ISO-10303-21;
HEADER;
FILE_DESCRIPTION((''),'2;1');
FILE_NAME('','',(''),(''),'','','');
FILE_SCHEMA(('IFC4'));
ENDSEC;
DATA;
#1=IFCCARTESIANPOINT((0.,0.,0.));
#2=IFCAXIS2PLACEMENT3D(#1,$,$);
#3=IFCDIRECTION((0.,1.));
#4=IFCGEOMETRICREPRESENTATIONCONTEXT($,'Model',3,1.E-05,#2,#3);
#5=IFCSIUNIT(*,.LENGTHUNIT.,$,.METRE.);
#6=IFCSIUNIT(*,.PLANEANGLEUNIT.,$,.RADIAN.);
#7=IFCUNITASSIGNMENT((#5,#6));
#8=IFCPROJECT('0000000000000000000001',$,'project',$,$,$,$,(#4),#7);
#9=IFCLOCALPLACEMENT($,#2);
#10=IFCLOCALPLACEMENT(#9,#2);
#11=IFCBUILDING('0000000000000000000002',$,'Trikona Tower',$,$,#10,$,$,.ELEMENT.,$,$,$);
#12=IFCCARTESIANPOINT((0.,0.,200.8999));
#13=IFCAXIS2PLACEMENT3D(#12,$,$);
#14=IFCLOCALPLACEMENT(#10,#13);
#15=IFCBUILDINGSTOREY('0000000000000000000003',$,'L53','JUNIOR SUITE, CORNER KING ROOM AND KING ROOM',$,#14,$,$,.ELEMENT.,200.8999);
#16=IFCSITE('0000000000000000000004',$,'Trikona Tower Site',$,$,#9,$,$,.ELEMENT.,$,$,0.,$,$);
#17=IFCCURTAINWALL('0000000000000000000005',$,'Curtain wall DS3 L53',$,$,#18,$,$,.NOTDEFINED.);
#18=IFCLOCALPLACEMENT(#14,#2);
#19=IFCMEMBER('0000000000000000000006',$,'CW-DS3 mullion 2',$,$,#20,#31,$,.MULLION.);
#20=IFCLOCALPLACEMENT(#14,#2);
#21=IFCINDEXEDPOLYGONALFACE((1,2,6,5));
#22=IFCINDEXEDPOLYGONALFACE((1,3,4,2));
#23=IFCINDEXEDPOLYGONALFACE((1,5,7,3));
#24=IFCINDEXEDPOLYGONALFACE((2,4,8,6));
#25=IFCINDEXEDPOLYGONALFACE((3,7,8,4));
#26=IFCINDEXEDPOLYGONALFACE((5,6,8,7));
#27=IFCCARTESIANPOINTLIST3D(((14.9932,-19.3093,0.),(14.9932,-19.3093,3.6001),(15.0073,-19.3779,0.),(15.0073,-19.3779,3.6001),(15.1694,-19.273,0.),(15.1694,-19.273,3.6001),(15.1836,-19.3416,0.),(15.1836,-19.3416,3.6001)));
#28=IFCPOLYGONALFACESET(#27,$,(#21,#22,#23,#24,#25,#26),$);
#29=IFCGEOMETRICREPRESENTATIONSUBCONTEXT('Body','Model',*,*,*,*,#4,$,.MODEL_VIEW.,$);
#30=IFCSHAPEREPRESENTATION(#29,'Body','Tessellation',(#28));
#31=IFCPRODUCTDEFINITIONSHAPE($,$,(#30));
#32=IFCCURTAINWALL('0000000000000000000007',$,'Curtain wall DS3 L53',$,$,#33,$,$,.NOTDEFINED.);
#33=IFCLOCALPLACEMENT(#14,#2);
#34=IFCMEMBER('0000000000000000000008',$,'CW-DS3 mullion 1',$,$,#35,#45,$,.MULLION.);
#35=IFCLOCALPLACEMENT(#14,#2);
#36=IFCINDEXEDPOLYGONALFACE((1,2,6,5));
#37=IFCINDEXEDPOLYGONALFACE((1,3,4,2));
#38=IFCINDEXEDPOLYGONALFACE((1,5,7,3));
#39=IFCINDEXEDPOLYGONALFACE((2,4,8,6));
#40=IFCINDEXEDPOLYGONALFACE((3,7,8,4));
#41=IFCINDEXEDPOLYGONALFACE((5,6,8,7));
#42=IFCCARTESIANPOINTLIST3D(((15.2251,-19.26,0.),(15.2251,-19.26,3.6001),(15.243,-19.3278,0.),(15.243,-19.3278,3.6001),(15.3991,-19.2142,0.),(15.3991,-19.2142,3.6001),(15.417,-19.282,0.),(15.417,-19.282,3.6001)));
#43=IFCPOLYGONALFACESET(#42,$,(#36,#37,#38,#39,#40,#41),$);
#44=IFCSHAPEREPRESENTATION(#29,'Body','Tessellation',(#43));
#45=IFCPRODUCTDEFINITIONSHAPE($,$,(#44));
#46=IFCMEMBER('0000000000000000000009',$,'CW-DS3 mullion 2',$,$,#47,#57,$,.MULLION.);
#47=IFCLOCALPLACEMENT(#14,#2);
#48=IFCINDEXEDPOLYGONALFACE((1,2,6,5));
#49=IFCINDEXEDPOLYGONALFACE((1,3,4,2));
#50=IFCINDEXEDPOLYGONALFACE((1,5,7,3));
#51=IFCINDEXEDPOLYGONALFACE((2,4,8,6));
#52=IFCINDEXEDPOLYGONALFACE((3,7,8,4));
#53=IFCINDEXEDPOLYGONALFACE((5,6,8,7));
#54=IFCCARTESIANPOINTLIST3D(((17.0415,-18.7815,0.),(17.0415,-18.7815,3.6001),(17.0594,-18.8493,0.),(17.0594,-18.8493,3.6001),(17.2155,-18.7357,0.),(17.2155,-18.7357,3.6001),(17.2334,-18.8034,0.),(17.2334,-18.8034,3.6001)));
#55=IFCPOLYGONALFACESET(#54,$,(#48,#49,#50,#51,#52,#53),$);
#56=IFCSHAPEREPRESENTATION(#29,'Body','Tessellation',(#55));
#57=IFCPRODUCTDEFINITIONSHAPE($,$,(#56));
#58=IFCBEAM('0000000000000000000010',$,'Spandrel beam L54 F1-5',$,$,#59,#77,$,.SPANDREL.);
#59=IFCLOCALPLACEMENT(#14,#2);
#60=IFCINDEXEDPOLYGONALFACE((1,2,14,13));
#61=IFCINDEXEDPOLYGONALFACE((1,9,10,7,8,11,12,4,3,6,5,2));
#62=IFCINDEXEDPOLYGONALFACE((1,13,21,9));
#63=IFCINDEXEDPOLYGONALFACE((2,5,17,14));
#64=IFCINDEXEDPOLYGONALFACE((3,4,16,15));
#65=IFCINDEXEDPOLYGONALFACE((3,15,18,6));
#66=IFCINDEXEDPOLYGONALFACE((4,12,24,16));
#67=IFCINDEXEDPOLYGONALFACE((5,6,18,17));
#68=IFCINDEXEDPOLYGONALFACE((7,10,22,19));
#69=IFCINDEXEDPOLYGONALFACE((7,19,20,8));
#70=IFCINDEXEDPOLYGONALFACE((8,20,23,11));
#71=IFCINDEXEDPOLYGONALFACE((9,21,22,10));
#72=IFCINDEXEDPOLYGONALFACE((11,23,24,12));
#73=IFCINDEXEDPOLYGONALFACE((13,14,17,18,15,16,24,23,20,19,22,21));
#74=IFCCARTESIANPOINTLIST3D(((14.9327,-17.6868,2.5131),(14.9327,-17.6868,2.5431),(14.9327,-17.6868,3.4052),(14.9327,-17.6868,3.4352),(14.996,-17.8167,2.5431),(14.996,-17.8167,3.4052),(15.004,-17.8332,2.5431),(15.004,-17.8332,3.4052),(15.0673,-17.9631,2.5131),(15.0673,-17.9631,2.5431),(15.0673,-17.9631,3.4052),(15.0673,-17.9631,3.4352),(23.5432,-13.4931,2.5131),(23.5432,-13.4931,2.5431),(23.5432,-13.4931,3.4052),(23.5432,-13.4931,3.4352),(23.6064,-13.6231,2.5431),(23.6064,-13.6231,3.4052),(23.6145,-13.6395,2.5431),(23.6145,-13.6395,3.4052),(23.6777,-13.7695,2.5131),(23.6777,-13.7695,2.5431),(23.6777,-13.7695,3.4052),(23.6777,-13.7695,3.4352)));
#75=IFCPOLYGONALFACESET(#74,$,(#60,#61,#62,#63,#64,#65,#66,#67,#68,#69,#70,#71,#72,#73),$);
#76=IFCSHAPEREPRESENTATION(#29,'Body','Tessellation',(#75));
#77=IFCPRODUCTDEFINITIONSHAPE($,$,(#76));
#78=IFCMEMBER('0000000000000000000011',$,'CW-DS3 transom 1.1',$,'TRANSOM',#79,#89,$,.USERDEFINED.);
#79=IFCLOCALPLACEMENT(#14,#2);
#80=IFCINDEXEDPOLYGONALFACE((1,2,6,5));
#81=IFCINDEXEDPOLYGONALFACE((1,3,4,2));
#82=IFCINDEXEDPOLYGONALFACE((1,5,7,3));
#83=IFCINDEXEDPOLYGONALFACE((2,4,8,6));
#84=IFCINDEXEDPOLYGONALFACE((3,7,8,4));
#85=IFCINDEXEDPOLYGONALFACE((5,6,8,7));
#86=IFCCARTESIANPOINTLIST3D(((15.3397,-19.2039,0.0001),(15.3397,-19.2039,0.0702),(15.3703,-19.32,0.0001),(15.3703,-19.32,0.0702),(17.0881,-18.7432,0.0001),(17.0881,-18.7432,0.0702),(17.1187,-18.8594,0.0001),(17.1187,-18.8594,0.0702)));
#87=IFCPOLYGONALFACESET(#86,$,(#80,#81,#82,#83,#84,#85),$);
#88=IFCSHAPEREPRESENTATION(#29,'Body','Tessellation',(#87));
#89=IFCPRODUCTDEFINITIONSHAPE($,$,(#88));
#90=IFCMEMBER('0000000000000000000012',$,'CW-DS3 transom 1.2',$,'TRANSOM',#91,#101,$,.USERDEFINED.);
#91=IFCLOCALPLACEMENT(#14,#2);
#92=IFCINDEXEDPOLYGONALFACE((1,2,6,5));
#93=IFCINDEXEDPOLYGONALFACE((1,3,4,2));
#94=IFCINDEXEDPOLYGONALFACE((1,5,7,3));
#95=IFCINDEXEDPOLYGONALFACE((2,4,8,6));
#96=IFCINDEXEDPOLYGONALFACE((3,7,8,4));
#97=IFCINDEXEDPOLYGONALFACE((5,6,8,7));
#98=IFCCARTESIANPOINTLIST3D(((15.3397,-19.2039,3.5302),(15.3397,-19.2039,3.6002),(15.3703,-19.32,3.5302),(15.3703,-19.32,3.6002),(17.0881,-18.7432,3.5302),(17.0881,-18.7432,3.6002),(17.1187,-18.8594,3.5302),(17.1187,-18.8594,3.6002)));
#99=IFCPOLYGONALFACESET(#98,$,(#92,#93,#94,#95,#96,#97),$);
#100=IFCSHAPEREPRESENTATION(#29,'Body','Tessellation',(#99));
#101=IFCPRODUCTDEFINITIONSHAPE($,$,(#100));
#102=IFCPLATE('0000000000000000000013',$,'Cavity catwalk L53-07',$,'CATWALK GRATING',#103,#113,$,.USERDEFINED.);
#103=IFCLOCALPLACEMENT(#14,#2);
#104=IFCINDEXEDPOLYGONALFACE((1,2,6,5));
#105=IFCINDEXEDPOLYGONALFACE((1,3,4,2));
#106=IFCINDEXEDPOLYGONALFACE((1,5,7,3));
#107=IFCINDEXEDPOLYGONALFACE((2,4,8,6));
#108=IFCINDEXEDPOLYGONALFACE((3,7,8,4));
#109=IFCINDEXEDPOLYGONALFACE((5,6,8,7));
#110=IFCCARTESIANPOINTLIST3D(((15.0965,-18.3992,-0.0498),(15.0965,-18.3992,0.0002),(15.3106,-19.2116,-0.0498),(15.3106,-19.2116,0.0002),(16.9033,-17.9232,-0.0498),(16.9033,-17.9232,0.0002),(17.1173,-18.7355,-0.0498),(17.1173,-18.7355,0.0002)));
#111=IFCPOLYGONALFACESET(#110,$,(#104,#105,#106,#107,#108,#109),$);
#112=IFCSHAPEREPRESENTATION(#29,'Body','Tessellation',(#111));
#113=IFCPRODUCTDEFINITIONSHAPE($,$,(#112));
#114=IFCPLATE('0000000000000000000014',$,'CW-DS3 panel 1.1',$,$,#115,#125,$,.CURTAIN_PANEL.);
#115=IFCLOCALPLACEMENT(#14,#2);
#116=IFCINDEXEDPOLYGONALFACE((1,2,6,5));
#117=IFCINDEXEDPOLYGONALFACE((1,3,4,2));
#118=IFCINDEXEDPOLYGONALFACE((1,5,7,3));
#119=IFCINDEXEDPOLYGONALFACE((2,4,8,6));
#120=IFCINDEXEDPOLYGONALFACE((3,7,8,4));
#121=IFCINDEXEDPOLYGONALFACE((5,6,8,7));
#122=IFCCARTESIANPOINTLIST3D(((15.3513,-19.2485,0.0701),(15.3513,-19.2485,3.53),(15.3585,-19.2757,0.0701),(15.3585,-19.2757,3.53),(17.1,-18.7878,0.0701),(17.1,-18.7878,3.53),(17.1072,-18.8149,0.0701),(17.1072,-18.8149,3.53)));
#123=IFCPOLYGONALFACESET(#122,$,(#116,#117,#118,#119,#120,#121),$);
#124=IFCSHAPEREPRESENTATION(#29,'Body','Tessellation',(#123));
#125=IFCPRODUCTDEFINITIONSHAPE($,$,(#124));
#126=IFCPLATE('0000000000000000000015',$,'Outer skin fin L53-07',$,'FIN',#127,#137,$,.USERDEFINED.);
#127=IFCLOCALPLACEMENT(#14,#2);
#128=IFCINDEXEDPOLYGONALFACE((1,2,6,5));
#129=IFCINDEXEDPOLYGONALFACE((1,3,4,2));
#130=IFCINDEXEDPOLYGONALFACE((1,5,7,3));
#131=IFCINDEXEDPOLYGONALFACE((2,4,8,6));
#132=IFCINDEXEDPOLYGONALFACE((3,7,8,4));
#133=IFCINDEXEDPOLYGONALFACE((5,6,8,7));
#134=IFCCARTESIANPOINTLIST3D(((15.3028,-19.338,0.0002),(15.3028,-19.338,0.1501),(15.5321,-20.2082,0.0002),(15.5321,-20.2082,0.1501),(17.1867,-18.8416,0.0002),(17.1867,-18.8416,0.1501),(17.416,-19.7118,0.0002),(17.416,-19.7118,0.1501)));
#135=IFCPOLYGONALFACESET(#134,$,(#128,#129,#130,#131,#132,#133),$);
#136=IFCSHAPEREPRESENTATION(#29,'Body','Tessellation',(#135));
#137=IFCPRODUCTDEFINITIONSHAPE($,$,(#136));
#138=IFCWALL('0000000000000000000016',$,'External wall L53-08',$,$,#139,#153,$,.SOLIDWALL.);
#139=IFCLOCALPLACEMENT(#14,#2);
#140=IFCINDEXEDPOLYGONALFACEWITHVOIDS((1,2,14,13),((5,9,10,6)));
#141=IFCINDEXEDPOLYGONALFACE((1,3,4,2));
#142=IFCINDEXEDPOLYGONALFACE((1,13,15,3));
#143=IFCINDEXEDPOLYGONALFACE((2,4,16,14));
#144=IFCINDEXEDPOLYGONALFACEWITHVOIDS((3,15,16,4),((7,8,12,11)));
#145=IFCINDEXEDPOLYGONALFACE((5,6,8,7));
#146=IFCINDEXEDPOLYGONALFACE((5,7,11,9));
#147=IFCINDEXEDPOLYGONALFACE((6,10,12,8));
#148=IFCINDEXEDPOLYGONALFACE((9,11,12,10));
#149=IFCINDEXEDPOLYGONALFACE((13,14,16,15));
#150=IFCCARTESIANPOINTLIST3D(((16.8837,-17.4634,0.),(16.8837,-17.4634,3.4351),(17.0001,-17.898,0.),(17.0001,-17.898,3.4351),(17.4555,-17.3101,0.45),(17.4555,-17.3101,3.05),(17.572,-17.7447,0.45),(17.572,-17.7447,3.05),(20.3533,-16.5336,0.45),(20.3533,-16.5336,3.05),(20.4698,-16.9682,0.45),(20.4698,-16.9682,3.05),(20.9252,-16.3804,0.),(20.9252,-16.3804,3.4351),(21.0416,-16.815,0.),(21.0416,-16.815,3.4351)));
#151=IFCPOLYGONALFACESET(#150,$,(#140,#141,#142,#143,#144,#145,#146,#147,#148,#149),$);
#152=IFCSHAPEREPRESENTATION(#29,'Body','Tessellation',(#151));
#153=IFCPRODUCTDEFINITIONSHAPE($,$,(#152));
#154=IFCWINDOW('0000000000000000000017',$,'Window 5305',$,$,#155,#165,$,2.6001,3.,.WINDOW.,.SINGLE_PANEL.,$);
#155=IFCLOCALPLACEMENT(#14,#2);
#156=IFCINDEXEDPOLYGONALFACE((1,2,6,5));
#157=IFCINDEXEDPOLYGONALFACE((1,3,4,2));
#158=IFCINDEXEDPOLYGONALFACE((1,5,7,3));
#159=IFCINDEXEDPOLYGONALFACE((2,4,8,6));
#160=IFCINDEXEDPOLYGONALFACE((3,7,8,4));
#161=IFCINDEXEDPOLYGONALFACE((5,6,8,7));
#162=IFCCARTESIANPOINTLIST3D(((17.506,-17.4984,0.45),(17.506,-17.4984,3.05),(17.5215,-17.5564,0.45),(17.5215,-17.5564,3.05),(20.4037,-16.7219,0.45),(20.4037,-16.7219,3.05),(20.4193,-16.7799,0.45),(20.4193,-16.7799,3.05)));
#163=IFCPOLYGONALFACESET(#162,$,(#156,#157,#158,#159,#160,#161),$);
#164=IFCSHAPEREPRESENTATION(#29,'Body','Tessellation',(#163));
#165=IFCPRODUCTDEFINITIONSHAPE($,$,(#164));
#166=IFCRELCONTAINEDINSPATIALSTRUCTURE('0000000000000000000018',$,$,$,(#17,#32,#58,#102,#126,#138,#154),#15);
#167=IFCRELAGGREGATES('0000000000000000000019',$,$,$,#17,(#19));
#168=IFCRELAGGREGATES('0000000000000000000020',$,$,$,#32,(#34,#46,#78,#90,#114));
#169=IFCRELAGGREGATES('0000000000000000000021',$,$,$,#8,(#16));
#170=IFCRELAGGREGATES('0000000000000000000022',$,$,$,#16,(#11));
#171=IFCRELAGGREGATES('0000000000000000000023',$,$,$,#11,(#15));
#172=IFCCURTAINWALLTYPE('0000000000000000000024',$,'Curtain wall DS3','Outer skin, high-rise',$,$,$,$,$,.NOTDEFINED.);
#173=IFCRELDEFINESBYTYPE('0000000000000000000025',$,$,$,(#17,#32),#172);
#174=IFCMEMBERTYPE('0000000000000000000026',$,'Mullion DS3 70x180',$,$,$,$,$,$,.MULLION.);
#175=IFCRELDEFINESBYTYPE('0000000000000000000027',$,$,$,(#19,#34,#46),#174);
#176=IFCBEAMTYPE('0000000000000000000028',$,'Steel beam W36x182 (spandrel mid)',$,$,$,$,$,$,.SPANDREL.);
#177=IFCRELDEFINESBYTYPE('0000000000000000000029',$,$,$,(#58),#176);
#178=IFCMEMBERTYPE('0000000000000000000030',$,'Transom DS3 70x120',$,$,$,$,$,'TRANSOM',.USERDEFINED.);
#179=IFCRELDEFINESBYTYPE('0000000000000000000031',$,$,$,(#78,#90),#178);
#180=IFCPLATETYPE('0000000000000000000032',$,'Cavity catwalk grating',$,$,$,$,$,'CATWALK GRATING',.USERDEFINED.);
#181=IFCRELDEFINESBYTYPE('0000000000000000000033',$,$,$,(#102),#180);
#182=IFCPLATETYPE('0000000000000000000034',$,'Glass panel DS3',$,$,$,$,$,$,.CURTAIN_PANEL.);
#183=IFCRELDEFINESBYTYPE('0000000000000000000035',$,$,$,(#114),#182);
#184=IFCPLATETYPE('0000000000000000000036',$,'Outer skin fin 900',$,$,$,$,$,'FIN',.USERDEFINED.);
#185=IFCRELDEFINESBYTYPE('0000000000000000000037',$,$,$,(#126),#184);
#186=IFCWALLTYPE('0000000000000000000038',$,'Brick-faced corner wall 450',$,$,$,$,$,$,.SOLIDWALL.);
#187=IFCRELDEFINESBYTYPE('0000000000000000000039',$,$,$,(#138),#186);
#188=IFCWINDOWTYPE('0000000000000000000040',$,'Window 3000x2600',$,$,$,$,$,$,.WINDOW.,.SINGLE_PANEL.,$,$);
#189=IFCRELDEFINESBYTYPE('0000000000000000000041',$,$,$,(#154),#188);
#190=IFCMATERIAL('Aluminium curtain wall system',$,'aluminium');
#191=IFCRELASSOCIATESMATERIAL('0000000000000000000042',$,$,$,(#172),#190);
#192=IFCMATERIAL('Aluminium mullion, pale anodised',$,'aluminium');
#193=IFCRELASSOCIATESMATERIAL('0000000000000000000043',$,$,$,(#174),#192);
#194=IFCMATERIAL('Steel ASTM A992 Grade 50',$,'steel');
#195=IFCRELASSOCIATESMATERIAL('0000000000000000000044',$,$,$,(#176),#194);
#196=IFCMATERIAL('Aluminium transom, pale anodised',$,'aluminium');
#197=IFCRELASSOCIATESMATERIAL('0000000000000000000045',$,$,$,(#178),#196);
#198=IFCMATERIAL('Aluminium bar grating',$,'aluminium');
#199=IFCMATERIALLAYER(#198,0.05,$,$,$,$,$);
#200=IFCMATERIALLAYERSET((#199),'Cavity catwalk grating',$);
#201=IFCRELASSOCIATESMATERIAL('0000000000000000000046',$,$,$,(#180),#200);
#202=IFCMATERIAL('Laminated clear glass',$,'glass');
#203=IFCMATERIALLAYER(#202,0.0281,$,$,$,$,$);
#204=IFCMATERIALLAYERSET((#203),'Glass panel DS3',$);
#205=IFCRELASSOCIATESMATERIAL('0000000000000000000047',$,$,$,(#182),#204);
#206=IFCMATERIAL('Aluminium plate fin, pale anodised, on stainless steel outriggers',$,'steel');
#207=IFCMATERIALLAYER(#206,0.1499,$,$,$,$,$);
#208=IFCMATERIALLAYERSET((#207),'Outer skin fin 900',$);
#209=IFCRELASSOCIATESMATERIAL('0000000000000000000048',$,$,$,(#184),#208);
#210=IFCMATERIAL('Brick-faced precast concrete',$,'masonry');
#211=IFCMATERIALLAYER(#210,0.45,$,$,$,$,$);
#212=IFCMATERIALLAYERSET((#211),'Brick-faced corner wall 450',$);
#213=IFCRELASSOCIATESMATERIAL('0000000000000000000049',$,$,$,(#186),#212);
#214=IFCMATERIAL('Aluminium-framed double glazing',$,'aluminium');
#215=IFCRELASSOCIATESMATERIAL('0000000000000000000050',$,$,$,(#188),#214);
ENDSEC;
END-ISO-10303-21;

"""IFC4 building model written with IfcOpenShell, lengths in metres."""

from ifc_helpers import new_model, si_unit, direction, frame, frame_2d, origin, origin_2d, place, context, subcontext, project, spatial, rectangle, i_section, extrude, material, layer, layer_set, material_profile, profile_set, type_object, element, fill, aggregate, save


model = new_model("IFC4")

# Units and contexts
model_context = context("Model", 3, precision=1e-05, world=origin(), true_north=direction((0.0, 1.0)))
body_context = subcontext(model_context, "Body", "Model", "MODEL_VIEW")
ifc_project = project(units=[si_unit("LENGTHUNIT", "METRE"), si_unit("PLANEANGLEUNIT", "RADIAN")], contexts=[model_context])

# Site, building, storey
site_placement = place(None, origin())
site = spatial("IfcSite", under=ifc_project, at=site_placement, Name="Trikona Tower Site", CompositionType="ELEMENT", RefElevation=0.0)
building_placement = place(site_placement, origin())
building = spatial("IfcBuilding", under=site, at=building_placement, Name="Trikona Tower", CompositionType="ELEMENT")
storey_placement = place(building_placement, frame((0.0, 0.0, 200.8999)))
storey = spatial("IfcBuildingStorey", under=building, at=storey_placement, Name="L53", Description="JUNIOR SUITE, CORNER KING ROOM AND KING ROOM", CompositionType="ELEMENT", Elevation=200.8999)

# Curtain wall, member
ifc_material_1 = material(Name="Aluminium curtain wall system", Category="aluminium")
curtain_wall_type = type_object("IfcCurtainWallType", Name="Curtain wall DS3", Description="Outer skin, high-rise", PredefinedType="NOTDEFINED", material=ifc_material_1)
curtain_wall_1_placement = place(storey_placement, origin())
curtain_wall_1 = element("IfcCurtainWall", 1, at=curtain_wall_1_placement, inside=storey, type_object=curtain_wall_type, Name="Curtain wall DS3 L53", PredefinedType="NOTDEFINED")
ifc_material_2 = material(Name="Aluminium mullion, pale anodised", Category="aluminium")
ifc_material_profile_1 = material_profile(ifc_material_2, rectangle(XDim=0.0701, YDim=0.1799, at=origin_2d()), Name="MUL-DS3")
ifc_profile_set_1 = profile_set([ifc_material_profile_1], Name="Aluminium mullion, pale anodised")
member_type_1 = type_object("IfcMemberType", Name="Mullion DS3 70x180", PredefinedType="MULLION", material=ifc_profile_set_1)
member_1_placement = place(storey_placement, frame((15.0884, -19.3254, 0.0), z_axis=(0.0, 0.0, 1.0), x_axis=(-0.201653, 0.979457, 0.0)))
member_1 = element("IfcMember", 2, at=member_1_placement, type_object=member_type_1, Name="CW-DS3 mullion 2", PredefinedType="MULLION", context=body_context, shape_type="SweptSolid", body=[
    extrude(rectangle(XDim=0.0701, YDim=0.1799, at=origin_2d()), origin(), (0.0, 0.0, 1.0), 3.6001),
])
aggregate(curtain_wall_1, [member_1])

# Curtain wall, members
curtain_wall_2_placement = place(storey_placement, origin())
curtain_wall_2 = element("IfcCurtainWall", 3, at=curtain_wall_2_placement, inside=storey, type_object=curtain_wall_type, Name="Curtain wall DS3 L53", PredefinedType="NOTDEFINED")
member_2_placement = place(storey_placement, frame((15.321, -19.271, 0.0), z_axis=(0.0, 0.0, 1.0), x_axis=(-0.254786, 0.966997, 0.0)))
member_2 = element("IfcMember", 4, at=member_2_placement, type_object=member_type_1, Name="CW-DS3 mullion 1", PredefinedType="MULLION", context=body_context, shape_type="SweptSolid", body=[
    extrude(rectangle(XDim=0.0701, YDim=0.1799, at=origin_2d()), origin(), (0.0, 0.0, 1.0), 3.6001),
])
member_3_placement = place(storey_placement, frame((17.1375, -18.7925, 0.0), z_axis=(0.0, 0.0, 1.0), x_axis=(-0.254786, 0.966997, 0.0)))
member_3 = element("IfcMember", 5, at=member_3_placement, type_object=member_type_1, Name="CW-DS3 mullion 2", PredefinedType="MULLION", context=body_context, shape_type="SweptSolid", body=[
    extrude(rectangle(XDim=0.0701, YDim=0.1799, at=origin_2d()), origin(), (0.0, 0.0, 1.0), 3.6001),
])

# Beam
ifc_material_3 = material(Name="Steel ASTM A992 Grade 50", Category="steel")
ifc_material_profile_2 = material_profile(ifc_material_3, i_section(OverallWidth=0.3074, OverallDepth=0.9221, WebThickness=0.0183, FlangeThickness=0.03, at=origin_2d()), Name="W36X182")
ifc_profile_set_2 = profile_set([ifc_material_profile_2], Name="Steel ASTM A992 Grade 50")
beam_type = type_object("IfcBeamType", Name="Steel beam W36x182 (spandrel mid)", PredefinedType="SPANDREL", material=ifc_profile_set_2)
beam_placement = place(storey_placement, frame((15.0, -17.825, 2.9741), z_axis=(0.899039, 0.43787, 0.0), x_axis=(-0.43787, 0.899039, 0.0)))
element("IfcBeam", 6, at=beam_placement, inside=storey, type_object=beam_type, Name="Spandrel beam L54 F1-5", PredefinedType="SPANDREL", context=body_context, shape_type="SweptSolid", body=[
    extrude(i_section(OverallWidth=0.3074, OverallDepth=0.9221, WebThickness=0.0183, FlangeThickness=0.03, at=origin_2d()), origin(), (0.0, 0.0, 1.0), 9.5774),
])

# Members
ifc_material_4 = material(Name="Aluminium transom, pale anodised", Category="aluminium")
ifc_material_profile_3 = material_profile(ifc_material_4, rectangle(XDim=0.1201, YDim=0.0701, at=origin_2d()), Name="TRN-DS3")
ifc_profile_set_3 = profile_set([ifc_material_profile_3], Name="Aluminium transom, pale anodised")
member_type_2 = type_object("IfcMemberType", Name="Transom DS3 70x120", ElementType="TRANSOM", PredefinedType="USERDEFINED", material=ifc_profile_set_3)
member_4_placement = place(storey_placement, frame((15.355, -19.262, 0.0352), z_axis=(0.966999, 0.254779, 0.0), x_axis=(-0.254779, 0.966999, 0.0)))
member_4 = element("IfcMember", 7, at=member_4_placement, type_object=member_type_2, Name="CW-DS3 transom 1.1", ObjectType="TRANSOM", PredefinedType="USERDEFINED", context=body_context, shape_type="SweptSolid", body=[
    extrude(rectangle(XDim=0.1201, YDim=0.0701, at=origin_2d()), origin(), (0.0, 0.0, 1.0), 1.8081),
])
member_5_placement = place(storey_placement, frame((15.355, -19.262, 3.5652), z_axis=(0.966999, 0.254779, 0.0), x_axis=(-0.254779, 0.966999, 0.0)))
member_5 = element("IfcMember", 8, at=member_5_placement, type_object=member_type_2, Name="CW-DS3 transom 1.2", ObjectType="TRANSOM", PredefinedType="USERDEFINED", context=body_context, shape_type="SweptSolid", body=[
    extrude(rectangle(XDim=0.1201, YDim=0.0701, at=origin_2d()), origin(), (0.0, 0.0, 1.0), 1.8081),
])

# Plates
ifc_material_5 = material(Name="Aluminium bar grating", Category="aluminium")
ifc_layer_1 = layer(ifc_material_5, 0.05)
ifc_layer_set_1 = layer_set([ifc_layer_1], Name="Cavity catwalk grating")
plate_type_1 = type_object("IfcPlateType", Name="Cavity catwalk grating", ElementType="CATWALK GRATING", PredefinedType="USERDEFINED", material=ifc_layer_set_1)
plate_1_placement = place(storey_placement, frame((16.1069, -18.5674, -0.0498), z_axis=(0.0, 0.0, 1.0), x_axis=(0.966993, 0.254803, 0.0)))
element("IfcPlate", 9, at=plate_1_placement, inside=storey, type_object=plate_type_1, Name="Cavity catwalk L53-07", ObjectType="CATWALK GRATING", PredefinedType="USERDEFINED", context=body_context, shape_type="SweptSolid", body=[
    extrude(rectangle(XDim=1.8684, YDim=0.8401, at=origin_2d()), origin(), (0.0, 0.0, 1.0), 0.05),
])
ifc_material_6 = material(Name="Laminated clear glass", Category="glass")
ifc_layer_2 = layer(ifc_material_6, 0.0281)
ifc_layer_set_2 = layer_set([ifc_layer_2], Name="Glass panel DS3")
plate_type_2 = type_object("IfcPlateType", Name="Glass panel DS3", PredefinedType="CURTAIN_PANEL", material=ifc_layer_set_2)
plate_2_placement = place(storey_placement, frame((16.2292, -19.0317, 0.0701), z_axis=(0.0, 0.0, 1.0), x_axis=(0.966997, 0.254786, 0.0)))
plate_2 = element("IfcPlate", 10, at=plate_2_placement, type_object=plate_type_2, Name="CW-DS3 panel 1.1", PredefinedType="CURTAIN_PANEL", context=body_context, shape_type="SweptSolid", body=[
    extrude(rectangle(XDim=1.8083, YDim=0.0281, at=origin_2d()), origin(), (0.0, 0.0, 1.0), 3.46),
])
aggregate(curtain_wall_2, [member_2, member_3, member_4, member_5, plate_2])
ifc_material_7 = material(Name="Aluminium plate fin, pale anodised, on stainless steel outriggers", Category="steel")
ifc_layer_3 = layer(ifc_material_7, 0.1499)
ifc_layer_set_3 = layer_set([ifc_layer_3], Name="Outer skin fin 900")
plate_type_3 = type_object("IfcPlateType", Name="Outer skin fin 900", ElementType="FIN", PredefinedType="USERDEFINED", material=ifc_layer_set_3)
plate_3_placement = place(storey_placement, frame((16.3594, -19.5249, 0.0002), z_axis=(0.0, 0.0, 1.0), x_axis=(0.966993, 0.254803, 0.0)))
element("IfcPlate", 11, at=plate_3_placement, inside=storey, type_object=plate_type_3, Name="Outer skin fin L53-07", ObjectType="FIN", PredefinedType="USERDEFINED", context=body_context, shape_type="SweptSolid", body=[
    extrude(rectangle(XDim=1.9482, YDim=0.8999, at=origin_2d()), origin(), (0.0, 0.0, 1.0), 0.1499),
])

# Wall, opening, window
ifc_material_8 = material(Name="Brick-faced precast concrete", Category="masonry")
ifc_layer_4 = layer(ifc_material_8, 0.45)
ifc_layer_set_4 = layer_set([ifc_layer_4], Name="Brick-faced corner wall 450")
wall_type = type_object("IfcWallType", Name="Brick-faced corner wall 450", PredefinedType="SOLIDWALL", material=ifc_layer_set_4)
wall_1_placement = place(storey_placement, frame((16.9419, -17.6807, 0.0), z_axis=(0.0, 0.0, 1.0), x_axis=(0.96592, 0.258839, 0.0)))
wall_1 = element("IfcWall", 12, at=wall_1_placement, inside=storey, type_object=wall_type, Name="External wall L53-08", PredefinedType="SOLIDWALL", context=body_context, shape_type="SweptSolid", body=[
    extrude(rectangle(XDim=4.1841, YDim=0.45, at=frame_2d((2.092, 0.0))), origin(), (0.0, 0.0, 1.0), 3.4351),
])
opening_1_placement = place(wall_1_placement, frame((0.592, 0.0, 0.45)))
opening_1 = element("IfcOpeningElement", 13, at=opening_1_placement, cuts=wall_1, PredefinedType="OPENING", context=body_context, shape_type="SweptSolid", body=[
    extrude(rectangle(XDim=3.0, YDim=2.6001, at=frame_2d((1.5, 1.3))), frame((0.0, 0.2349, 0.0), z_axis=(0.0, -1.0, 0.0), x_axis=(1.0, 0.0, 0.0)), (0.0, 0.0, 1.0), 0.47),
])
ifc_material_9 = material(Name="Aluminium-framed double glazing", Category="aluminium")
window_type_1 = type_object("IfcWindowType", Name="Window 3000x2600", PartitioningType="SINGLE_PANEL", PredefinedType="WINDOW", material=ifc_material_9)
window_1_placement = place(opening_1_placement, origin())
window_1 = element("IfcWindow", 14, at=window_1_placement, inside=storey, type_object=window_type_1, Name="Window 5305", OverallHeight=2.6001, OverallWidth=3.0, PartitioningType="SINGLE_PANEL", PredefinedType="WINDOW", context=body_context, shape_type="SweptSolid", body=[
    extrude(rectangle(XDim=3.0, YDim=2.6001, at=frame_2d((1.5, 1.3))), frame((0.0, 0.03, 0.0), z_axis=(0.0, -1.0, 0.0), x_axis=(1.0, 0.0, 0.0)), (0.0, 0.0, 1.0), 0.0601),
])
fill(opening_1, window_1)

save(model, "model.ifc")
